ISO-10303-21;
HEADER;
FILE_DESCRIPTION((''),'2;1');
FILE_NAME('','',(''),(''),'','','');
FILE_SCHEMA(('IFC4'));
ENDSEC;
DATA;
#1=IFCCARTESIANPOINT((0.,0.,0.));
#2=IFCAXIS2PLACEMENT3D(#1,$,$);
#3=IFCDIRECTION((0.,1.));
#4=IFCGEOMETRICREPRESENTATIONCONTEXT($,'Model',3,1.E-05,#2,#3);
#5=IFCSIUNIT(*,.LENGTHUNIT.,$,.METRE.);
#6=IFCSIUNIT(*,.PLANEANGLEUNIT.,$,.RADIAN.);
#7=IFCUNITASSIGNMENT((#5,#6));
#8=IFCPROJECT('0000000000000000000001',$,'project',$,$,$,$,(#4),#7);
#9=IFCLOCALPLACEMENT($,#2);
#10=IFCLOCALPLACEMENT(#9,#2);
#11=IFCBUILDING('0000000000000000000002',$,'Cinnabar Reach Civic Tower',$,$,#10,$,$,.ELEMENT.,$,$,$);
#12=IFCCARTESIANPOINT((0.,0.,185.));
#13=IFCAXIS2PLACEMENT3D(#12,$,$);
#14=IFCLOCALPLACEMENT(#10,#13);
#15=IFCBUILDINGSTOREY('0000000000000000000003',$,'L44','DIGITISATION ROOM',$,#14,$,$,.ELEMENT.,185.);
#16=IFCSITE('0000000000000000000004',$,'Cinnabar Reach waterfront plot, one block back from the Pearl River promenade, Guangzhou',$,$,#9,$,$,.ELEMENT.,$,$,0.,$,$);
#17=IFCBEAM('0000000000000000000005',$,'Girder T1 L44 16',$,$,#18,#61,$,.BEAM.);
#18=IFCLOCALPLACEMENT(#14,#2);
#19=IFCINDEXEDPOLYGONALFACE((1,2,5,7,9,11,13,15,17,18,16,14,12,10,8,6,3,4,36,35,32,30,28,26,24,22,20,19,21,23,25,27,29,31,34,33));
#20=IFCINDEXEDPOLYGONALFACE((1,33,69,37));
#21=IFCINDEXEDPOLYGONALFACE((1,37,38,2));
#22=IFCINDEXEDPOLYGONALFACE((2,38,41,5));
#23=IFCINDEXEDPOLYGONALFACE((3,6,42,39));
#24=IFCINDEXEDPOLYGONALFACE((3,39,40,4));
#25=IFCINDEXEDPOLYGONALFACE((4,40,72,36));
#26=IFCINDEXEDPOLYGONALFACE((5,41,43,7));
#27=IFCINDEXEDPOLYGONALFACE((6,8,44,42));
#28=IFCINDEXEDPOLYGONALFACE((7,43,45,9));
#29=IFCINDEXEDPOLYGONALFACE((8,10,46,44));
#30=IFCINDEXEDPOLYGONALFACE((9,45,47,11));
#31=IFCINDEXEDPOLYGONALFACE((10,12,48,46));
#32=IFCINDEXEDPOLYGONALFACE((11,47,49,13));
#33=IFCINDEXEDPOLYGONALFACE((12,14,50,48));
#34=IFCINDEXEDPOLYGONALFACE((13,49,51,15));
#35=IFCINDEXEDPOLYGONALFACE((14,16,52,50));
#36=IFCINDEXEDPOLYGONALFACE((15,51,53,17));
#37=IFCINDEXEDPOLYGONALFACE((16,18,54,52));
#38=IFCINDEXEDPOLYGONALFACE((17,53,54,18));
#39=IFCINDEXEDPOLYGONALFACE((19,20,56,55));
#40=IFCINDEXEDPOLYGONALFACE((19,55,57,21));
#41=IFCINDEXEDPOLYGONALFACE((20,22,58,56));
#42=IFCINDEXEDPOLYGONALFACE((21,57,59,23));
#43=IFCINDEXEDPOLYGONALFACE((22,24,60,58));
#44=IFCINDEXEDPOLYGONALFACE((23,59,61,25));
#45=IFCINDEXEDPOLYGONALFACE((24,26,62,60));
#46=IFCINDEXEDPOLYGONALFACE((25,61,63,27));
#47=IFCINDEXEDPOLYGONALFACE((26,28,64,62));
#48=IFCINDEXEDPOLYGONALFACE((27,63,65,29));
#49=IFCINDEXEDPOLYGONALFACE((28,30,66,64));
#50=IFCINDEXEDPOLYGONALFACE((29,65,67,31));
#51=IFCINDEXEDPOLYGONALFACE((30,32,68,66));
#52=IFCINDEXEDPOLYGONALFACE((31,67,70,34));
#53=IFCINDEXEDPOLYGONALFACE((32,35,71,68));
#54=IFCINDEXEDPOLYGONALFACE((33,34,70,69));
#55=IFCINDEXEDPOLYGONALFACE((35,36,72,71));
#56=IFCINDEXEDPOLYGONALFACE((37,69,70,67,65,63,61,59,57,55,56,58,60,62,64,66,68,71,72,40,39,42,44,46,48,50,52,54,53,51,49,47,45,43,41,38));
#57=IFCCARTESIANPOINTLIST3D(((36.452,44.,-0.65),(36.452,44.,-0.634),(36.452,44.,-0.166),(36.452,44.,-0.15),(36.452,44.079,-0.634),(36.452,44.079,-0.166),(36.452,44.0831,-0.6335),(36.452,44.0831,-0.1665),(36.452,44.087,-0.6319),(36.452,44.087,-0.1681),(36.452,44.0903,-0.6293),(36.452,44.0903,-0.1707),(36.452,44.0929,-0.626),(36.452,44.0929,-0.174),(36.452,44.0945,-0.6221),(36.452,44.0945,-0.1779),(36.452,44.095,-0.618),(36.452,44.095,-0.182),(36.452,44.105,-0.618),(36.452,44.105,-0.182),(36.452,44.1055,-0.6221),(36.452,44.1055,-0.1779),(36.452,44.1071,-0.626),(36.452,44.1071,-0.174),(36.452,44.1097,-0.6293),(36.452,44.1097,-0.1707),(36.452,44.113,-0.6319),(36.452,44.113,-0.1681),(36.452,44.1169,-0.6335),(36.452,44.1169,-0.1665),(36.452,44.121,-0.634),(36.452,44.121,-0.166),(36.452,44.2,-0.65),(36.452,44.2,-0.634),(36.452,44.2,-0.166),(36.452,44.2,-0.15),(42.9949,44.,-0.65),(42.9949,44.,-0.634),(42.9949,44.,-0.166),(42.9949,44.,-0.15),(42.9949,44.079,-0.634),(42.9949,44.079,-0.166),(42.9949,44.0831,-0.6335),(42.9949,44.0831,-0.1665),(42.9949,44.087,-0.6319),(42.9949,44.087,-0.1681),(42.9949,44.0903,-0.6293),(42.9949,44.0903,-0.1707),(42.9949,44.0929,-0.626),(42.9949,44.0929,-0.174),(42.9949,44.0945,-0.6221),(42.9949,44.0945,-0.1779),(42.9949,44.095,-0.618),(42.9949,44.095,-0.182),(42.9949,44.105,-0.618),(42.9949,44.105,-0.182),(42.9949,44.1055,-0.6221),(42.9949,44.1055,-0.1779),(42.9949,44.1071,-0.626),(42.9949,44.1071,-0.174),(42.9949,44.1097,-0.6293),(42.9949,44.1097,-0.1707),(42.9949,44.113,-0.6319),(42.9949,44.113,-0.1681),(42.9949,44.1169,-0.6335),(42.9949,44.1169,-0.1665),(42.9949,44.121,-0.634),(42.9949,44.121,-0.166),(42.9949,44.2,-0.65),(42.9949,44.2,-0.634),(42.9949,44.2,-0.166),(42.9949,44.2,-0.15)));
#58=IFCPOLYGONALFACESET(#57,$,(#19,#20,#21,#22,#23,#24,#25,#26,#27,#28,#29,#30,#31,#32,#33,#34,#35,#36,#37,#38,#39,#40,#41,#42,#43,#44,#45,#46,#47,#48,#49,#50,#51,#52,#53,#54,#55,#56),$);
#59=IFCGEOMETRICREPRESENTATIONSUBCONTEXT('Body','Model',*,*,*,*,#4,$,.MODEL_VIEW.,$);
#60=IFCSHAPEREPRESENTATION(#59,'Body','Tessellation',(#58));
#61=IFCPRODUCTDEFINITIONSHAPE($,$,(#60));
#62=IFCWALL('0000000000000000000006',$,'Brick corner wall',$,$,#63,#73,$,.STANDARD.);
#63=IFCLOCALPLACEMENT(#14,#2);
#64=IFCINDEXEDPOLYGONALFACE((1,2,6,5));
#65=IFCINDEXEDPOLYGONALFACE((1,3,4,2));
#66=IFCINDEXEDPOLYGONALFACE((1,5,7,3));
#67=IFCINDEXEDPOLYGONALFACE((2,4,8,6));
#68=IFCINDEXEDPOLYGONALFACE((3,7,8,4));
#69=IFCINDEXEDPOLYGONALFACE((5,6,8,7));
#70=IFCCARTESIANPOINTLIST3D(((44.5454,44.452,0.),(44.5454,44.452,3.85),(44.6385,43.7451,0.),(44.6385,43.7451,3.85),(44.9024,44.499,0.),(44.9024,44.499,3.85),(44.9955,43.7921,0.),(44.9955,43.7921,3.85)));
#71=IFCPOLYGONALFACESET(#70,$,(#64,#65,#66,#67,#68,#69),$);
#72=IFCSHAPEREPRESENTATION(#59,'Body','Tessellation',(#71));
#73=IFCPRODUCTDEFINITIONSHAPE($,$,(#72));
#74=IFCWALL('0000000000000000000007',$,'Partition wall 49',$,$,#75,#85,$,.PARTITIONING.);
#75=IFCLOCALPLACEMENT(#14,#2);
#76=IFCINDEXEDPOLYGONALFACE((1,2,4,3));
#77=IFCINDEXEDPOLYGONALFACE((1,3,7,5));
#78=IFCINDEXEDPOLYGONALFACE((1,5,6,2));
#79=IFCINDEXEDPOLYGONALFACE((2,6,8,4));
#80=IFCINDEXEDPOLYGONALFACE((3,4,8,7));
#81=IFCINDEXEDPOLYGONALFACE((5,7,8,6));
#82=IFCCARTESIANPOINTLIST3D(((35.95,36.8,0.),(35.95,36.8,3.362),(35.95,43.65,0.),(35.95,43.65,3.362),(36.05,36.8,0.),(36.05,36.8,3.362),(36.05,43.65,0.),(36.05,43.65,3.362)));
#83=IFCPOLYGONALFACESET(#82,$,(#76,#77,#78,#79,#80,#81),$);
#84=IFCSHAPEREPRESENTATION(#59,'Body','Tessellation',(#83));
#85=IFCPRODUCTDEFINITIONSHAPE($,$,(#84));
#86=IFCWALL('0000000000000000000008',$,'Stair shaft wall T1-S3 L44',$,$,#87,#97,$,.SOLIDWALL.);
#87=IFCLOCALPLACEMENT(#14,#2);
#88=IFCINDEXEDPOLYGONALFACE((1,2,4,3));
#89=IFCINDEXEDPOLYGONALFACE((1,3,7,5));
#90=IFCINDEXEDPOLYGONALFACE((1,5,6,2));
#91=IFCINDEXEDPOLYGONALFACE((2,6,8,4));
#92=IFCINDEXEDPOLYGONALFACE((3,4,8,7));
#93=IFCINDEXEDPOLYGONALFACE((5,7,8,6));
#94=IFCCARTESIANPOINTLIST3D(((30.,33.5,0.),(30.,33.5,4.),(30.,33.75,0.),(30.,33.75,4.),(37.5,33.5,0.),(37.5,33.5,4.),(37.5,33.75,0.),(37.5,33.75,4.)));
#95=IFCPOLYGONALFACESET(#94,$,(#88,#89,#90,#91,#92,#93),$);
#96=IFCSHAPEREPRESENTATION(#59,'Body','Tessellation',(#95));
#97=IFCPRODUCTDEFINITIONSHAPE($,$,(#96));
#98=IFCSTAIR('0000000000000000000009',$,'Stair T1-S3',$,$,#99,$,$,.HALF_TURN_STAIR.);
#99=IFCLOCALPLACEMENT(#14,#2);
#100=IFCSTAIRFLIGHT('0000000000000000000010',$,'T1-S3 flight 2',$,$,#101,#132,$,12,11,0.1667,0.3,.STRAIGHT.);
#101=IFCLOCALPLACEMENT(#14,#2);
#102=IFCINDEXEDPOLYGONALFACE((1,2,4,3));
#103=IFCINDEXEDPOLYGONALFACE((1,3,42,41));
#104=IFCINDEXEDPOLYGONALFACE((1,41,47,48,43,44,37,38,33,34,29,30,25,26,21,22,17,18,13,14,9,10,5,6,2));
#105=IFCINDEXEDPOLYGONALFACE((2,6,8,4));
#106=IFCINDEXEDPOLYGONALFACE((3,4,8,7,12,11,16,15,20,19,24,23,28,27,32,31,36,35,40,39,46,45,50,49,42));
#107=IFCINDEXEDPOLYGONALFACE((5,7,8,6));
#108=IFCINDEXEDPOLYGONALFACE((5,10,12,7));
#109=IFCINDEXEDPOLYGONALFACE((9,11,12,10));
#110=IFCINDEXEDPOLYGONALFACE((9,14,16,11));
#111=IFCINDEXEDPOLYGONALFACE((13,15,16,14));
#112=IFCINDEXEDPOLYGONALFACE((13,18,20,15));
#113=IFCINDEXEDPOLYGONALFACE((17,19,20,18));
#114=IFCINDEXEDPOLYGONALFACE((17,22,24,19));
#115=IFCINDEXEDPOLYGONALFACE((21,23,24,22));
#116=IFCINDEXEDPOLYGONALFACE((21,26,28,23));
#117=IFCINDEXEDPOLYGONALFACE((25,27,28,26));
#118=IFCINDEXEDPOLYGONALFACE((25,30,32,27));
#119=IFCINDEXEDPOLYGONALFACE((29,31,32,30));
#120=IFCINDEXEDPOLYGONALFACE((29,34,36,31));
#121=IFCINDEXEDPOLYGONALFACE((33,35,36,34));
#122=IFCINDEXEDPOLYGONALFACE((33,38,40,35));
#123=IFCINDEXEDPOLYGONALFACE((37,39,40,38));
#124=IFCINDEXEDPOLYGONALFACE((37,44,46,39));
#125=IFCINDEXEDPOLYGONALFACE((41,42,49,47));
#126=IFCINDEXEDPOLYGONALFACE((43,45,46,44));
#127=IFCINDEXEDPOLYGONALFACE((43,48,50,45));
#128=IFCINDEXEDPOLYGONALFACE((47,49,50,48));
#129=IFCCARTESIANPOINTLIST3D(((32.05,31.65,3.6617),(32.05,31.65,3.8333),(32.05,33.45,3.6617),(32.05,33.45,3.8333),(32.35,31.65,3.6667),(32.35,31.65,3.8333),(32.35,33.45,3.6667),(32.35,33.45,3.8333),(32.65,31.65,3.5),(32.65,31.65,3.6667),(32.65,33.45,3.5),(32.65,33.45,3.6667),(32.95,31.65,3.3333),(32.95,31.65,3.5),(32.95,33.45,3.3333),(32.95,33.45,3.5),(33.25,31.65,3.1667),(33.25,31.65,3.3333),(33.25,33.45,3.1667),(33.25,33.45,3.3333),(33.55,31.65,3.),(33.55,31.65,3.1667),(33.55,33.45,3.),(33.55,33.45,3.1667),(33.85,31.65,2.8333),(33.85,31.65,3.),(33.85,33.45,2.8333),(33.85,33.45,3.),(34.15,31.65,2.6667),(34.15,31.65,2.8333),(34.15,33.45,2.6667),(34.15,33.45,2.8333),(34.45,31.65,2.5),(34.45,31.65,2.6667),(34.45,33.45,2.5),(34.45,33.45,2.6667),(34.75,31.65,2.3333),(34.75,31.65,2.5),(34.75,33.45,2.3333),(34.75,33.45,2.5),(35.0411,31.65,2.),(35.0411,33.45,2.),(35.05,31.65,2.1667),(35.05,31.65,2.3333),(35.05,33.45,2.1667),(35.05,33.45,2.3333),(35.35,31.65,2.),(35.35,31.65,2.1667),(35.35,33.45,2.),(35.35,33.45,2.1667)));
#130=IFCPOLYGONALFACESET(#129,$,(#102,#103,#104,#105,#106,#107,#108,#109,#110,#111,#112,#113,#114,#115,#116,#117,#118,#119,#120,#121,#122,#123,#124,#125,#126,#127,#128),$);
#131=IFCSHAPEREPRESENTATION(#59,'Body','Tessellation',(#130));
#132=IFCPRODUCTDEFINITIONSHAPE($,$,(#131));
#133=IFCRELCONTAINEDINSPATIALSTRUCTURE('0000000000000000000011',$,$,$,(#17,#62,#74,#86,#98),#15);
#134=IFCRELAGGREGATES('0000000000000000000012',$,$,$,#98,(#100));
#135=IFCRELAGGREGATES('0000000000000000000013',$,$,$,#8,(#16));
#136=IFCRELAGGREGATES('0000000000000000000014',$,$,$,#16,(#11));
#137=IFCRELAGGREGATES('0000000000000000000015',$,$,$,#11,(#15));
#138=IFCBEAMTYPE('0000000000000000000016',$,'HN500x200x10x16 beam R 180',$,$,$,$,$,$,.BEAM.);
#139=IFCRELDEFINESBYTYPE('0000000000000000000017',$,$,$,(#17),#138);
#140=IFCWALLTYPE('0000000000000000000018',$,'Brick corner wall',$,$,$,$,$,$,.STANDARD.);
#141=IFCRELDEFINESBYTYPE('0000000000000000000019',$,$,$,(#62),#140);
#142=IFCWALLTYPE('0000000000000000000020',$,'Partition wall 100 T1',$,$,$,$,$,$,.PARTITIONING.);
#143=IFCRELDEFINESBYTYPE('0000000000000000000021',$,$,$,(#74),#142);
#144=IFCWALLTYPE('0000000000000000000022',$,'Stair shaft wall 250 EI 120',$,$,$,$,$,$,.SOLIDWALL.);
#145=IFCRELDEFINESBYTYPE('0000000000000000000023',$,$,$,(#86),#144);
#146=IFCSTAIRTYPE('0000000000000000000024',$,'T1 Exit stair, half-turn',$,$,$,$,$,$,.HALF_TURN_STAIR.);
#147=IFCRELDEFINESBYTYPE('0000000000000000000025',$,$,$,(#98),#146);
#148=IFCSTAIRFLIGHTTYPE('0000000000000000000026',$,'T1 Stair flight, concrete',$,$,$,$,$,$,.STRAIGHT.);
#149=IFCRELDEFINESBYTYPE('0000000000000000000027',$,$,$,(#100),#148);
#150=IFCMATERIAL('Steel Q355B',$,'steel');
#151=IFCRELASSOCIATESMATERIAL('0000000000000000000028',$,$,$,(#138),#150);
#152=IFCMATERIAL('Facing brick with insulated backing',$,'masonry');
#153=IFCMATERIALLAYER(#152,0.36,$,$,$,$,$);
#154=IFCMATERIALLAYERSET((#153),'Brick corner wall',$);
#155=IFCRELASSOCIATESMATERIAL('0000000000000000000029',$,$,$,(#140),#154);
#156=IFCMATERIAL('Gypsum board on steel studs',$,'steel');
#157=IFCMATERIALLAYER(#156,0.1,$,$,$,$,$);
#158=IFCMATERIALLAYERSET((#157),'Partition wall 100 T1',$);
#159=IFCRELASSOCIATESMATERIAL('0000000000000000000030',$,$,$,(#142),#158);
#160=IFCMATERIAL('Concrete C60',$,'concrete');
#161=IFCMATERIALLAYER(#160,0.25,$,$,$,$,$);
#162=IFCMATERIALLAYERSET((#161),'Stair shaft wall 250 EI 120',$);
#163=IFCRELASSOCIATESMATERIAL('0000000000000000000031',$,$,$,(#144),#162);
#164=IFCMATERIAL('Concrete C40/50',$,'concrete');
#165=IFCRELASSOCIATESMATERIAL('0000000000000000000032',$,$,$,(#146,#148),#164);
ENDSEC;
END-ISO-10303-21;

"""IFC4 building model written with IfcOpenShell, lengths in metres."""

from ifc_helpers import new_model, si_unit, direction, frame, frame_2d, origin, origin_2d, place, context, subcontext, project, spatial, polyline, rectangle, i_section, outline, extrude, material, layer, layer_set, material_profile, profile_set, type_object, element, aggregate, save


model = new_model("IFC4")

# Units and contexts
model_context = context("Model", 3, precision=1e-05, world=origin(), true_north=direction((0.0, 1.0)))
body_context = subcontext(model_context, "Body", "Model", "MODEL_VIEW")
ifc_project = project(units=[si_unit("LENGTHUNIT", "METRE"), si_unit("PLANEANGLEUNIT", "RADIAN")], contexts=[model_context])

# Site, building, storey
site_placement = place(None, origin())
site = spatial("IfcSite", under=ifc_project, at=site_placement, Name="Cinnabar Reach waterfront plot, one block back from the Pearl River promenade, Guangzhou", CompositionType="ELEMENT", RefElevation=0.0)
building_placement = place(site_placement, origin())
building = spatial("IfcBuilding", under=site, at=building_placement, Name="Cinnabar Reach Civic Tower", CompositionType="ELEMENT")
storey_placement = place(building_placement, frame((0.0, 0.0, 185.0)))
storey = spatial("IfcBuildingStorey", under=building, at=storey_placement, Name="L44", Description="DIGITISATION ROOM", CompositionType="ELEMENT", Elevation=185.0)

# Beam
ifc_material_1 = material(Name="Steel Q355B", Category="steel")
ifc_material_profile_1 = material_profile(ifc_material_1, i_section(OverallWidth=0.2, OverallDepth=0.5, WebThickness=0.01, FlangeThickness=0.016, FilletRadius=0.016, at=origin_2d()), Name="HN500x200x10x16")
ifc_profile_set_1 = profile_set([ifc_material_profile_1], Name="Steel Q355B")
beam_type_1 = type_object("IfcBeamType", Name="HN500x200x10x16 beam R 180", PredefinedType="BEAM", material=ifc_profile_set_1)
beam_1_placement = place(storey_placement, frame((36.452, 44.1, -0.4), z_axis=(1.0, 0.0, 0.0), x_axis=(0.0, 1.0, 0.0)))
element("IfcBeam", 1, at=beam_1_placement, inside=storey, type_object=beam_type_1, Name="Girder T1 L44 16", PredefinedType="BEAM", context=body_context, shape_type="SweptSolid", body=[
    extrude(i_section(OverallWidth=0.2, OverallDepth=0.5, WebThickness=0.01, FlangeThickness=0.016, FilletRadius=0.016, at=origin_2d()), origin(), (0.0, 0.0, 1.0), 6.5429),
])

# Walls
ifc_material_2 = material(Name="Facing brick with insulated backing", Category="masonry")
ifc_layer_1 = layer(ifc_material_2, 0.36)
ifc_layer_set_1 = layer_set([ifc_layer_1], Name="Brick corner wall")
wall_type_1 = type_object("IfcWallType", Name="Brick corner wall", PredefinedType="STANDARD", material=ifc_layer_set_1)
wall_1_placement = place(storey_placement, frame((44.817, 43.7686, 0.0), z_axis=(0.0, 0.0, 1.0), x_axis=(-0.130556, 0.991441, 0.0)))
element("IfcWall", 2, at=wall_1_placement, inside=storey, type_object=wall_type_1, Name="Brick corner wall", PredefinedType="STANDARD", context=body_context, shape_type="SweptSolid", body=[
    extrude(rectangle(XDim=0.7131, YDim=0.36, at=frame_2d((0.3565, 0.0))), origin(), (0.0, 0.0, 1.0), 3.85),
])
ifc_material_3 = material(Name="Gypsum board on steel studs", Category="steel")
ifc_layer_2 = layer(ifc_material_3, 0.1)
ifc_layer_set_2 = layer_set([ifc_layer_2], Name="Partition wall 100 T1")
wall_type_2 = type_object("IfcWallType", Name="Partition wall 100 T1", PredefinedType="PARTITIONING", material=ifc_layer_set_2)
wall_2_placement = place(storey_placement, frame((36.0, 36.8, 0.0), z_axis=(0.0, 0.0, 1.0), x_axis=(0.0, 1.0, 0.0)))
element("IfcWall", 3, at=wall_2_placement, inside=storey, type_object=wall_type_2, Name="Partition wall 49", PredefinedType="PARTITIONING", context=body_context, shape_type="SweptSolid", body=[
    extrude(rectangle(XDim=6.85, YDim=0.1, at=frame_2d((3.425, 0.0))), origin(), (0.0, 0.0, 1.0), 3.362),
])
ifc_material_4 = material(Name="Concrete C60", Category="concrete")
ifc_layer_3 = layer(ifc_material_4, 0.25)
ifc_layer_set_3 = layer_set([ifc_layer_3], Name="Stair shaft wall 250 EI 120")
wall_type_3 = type_object("IfcWallType", Name="Stair shaft wall 250 EI 120", PredefinedType="SOLIDWALL", material=ifc_layer_set_3)
wall_3_placement = place(storey_placement, frame((37.5, 33.625, 0.0), z_axis=(0.0, 0.0, 1.0), x_axis=(-1.0, 0.0, 0.0)))
element("IfcWall", 4, at=wall_3_placement, inside=storey, type_object=wall_type_3, Name="Stair shaft wall T1-S3 L44", PredefinedType="SOLIDWALL", context=body_context, shape_type="SweptSolid", body=[
    extrude(rectangle(XDim=7.5, YDim=0.25, at=frame_2d((3.75, 0.0))), origin(), (0.0, 0.0, 1.0), 4.0),
])

# Stair, stair flight
ifc_material_5 = material(Name="Concrete C40/50", Category="concrete")
stair_type = type_object("IfcStairType", Name="T1 Exit stair, half-turn", PredefinedType="HALF_TURN_STAIR", material=ifc_material_5)
stair_placement = place(storey_placement, origin())
stair = element("IfcStair", 5, at=stair_placement, inside=storey, type_object=stair_type, Name="Stair T1-S3", PredefinedType="HALF_TURN_STAIR")
stair_flight_type = type_object("IfcStairFlightType", Name="T1 Stair flight, concrete", PredefinedType="STRAIGHT", material=ifc_material_5)
stair_flight_placement = place(storey_placement, frame((35.35, 32.55, 2.0), z_axis=(0.0, 0.0, 1.0), x_axis=(-1.0, 0.0, 0.0)))
stair_flight = element("IfcStairFlight", 6, at=stair_flight_placement, type_object=stair_flight_type, Name="T1-S3 flight 2", NumberOfRisers=12, NumberOfTreads=11, PredefinedType="STRAIGHT", RiserHeight=0.1667, TreadLength=0.3, context=body_context, shape_type="SweptSolid", body=[
    extrude(outline(polyline([(0.0, 0.0), (0.0, 0.1667), (0.3, 0.1667), (0.3, 0.3333), (0.6, 0.3333), (0.6, 0.5), (0.9, 0.5), (0.9, 0.6667), (1.2, 0.6667), (1.2, 0.8333), (1.5, 0.8333), (1.5, 1.0), (1.8, 1.0), (1.8, 1.1667), (2.1, 1.1667), (2.1, 1.3333), (2.4, 1.3333), (2.4, 1.5), (2.7, 1.5), (2.7, 1.6667), (3.0, 1.6667), (3.0, 1.8333), (3.3, 1.8333), (3.3, 2.0), (3.3, 1.6617), (0.3089, 0.0), (0.0, 0.0)])), frame((0.0, 0.9, 0.0), z_axis=(0.0, -1.0, 0.0), x_axis=(1.0, 0.0, 0.0)), (0.0, 0.0, 1.0), 1.8),
])
aggregate(stair, [stair_flight])

save(model, "model.ifc")
